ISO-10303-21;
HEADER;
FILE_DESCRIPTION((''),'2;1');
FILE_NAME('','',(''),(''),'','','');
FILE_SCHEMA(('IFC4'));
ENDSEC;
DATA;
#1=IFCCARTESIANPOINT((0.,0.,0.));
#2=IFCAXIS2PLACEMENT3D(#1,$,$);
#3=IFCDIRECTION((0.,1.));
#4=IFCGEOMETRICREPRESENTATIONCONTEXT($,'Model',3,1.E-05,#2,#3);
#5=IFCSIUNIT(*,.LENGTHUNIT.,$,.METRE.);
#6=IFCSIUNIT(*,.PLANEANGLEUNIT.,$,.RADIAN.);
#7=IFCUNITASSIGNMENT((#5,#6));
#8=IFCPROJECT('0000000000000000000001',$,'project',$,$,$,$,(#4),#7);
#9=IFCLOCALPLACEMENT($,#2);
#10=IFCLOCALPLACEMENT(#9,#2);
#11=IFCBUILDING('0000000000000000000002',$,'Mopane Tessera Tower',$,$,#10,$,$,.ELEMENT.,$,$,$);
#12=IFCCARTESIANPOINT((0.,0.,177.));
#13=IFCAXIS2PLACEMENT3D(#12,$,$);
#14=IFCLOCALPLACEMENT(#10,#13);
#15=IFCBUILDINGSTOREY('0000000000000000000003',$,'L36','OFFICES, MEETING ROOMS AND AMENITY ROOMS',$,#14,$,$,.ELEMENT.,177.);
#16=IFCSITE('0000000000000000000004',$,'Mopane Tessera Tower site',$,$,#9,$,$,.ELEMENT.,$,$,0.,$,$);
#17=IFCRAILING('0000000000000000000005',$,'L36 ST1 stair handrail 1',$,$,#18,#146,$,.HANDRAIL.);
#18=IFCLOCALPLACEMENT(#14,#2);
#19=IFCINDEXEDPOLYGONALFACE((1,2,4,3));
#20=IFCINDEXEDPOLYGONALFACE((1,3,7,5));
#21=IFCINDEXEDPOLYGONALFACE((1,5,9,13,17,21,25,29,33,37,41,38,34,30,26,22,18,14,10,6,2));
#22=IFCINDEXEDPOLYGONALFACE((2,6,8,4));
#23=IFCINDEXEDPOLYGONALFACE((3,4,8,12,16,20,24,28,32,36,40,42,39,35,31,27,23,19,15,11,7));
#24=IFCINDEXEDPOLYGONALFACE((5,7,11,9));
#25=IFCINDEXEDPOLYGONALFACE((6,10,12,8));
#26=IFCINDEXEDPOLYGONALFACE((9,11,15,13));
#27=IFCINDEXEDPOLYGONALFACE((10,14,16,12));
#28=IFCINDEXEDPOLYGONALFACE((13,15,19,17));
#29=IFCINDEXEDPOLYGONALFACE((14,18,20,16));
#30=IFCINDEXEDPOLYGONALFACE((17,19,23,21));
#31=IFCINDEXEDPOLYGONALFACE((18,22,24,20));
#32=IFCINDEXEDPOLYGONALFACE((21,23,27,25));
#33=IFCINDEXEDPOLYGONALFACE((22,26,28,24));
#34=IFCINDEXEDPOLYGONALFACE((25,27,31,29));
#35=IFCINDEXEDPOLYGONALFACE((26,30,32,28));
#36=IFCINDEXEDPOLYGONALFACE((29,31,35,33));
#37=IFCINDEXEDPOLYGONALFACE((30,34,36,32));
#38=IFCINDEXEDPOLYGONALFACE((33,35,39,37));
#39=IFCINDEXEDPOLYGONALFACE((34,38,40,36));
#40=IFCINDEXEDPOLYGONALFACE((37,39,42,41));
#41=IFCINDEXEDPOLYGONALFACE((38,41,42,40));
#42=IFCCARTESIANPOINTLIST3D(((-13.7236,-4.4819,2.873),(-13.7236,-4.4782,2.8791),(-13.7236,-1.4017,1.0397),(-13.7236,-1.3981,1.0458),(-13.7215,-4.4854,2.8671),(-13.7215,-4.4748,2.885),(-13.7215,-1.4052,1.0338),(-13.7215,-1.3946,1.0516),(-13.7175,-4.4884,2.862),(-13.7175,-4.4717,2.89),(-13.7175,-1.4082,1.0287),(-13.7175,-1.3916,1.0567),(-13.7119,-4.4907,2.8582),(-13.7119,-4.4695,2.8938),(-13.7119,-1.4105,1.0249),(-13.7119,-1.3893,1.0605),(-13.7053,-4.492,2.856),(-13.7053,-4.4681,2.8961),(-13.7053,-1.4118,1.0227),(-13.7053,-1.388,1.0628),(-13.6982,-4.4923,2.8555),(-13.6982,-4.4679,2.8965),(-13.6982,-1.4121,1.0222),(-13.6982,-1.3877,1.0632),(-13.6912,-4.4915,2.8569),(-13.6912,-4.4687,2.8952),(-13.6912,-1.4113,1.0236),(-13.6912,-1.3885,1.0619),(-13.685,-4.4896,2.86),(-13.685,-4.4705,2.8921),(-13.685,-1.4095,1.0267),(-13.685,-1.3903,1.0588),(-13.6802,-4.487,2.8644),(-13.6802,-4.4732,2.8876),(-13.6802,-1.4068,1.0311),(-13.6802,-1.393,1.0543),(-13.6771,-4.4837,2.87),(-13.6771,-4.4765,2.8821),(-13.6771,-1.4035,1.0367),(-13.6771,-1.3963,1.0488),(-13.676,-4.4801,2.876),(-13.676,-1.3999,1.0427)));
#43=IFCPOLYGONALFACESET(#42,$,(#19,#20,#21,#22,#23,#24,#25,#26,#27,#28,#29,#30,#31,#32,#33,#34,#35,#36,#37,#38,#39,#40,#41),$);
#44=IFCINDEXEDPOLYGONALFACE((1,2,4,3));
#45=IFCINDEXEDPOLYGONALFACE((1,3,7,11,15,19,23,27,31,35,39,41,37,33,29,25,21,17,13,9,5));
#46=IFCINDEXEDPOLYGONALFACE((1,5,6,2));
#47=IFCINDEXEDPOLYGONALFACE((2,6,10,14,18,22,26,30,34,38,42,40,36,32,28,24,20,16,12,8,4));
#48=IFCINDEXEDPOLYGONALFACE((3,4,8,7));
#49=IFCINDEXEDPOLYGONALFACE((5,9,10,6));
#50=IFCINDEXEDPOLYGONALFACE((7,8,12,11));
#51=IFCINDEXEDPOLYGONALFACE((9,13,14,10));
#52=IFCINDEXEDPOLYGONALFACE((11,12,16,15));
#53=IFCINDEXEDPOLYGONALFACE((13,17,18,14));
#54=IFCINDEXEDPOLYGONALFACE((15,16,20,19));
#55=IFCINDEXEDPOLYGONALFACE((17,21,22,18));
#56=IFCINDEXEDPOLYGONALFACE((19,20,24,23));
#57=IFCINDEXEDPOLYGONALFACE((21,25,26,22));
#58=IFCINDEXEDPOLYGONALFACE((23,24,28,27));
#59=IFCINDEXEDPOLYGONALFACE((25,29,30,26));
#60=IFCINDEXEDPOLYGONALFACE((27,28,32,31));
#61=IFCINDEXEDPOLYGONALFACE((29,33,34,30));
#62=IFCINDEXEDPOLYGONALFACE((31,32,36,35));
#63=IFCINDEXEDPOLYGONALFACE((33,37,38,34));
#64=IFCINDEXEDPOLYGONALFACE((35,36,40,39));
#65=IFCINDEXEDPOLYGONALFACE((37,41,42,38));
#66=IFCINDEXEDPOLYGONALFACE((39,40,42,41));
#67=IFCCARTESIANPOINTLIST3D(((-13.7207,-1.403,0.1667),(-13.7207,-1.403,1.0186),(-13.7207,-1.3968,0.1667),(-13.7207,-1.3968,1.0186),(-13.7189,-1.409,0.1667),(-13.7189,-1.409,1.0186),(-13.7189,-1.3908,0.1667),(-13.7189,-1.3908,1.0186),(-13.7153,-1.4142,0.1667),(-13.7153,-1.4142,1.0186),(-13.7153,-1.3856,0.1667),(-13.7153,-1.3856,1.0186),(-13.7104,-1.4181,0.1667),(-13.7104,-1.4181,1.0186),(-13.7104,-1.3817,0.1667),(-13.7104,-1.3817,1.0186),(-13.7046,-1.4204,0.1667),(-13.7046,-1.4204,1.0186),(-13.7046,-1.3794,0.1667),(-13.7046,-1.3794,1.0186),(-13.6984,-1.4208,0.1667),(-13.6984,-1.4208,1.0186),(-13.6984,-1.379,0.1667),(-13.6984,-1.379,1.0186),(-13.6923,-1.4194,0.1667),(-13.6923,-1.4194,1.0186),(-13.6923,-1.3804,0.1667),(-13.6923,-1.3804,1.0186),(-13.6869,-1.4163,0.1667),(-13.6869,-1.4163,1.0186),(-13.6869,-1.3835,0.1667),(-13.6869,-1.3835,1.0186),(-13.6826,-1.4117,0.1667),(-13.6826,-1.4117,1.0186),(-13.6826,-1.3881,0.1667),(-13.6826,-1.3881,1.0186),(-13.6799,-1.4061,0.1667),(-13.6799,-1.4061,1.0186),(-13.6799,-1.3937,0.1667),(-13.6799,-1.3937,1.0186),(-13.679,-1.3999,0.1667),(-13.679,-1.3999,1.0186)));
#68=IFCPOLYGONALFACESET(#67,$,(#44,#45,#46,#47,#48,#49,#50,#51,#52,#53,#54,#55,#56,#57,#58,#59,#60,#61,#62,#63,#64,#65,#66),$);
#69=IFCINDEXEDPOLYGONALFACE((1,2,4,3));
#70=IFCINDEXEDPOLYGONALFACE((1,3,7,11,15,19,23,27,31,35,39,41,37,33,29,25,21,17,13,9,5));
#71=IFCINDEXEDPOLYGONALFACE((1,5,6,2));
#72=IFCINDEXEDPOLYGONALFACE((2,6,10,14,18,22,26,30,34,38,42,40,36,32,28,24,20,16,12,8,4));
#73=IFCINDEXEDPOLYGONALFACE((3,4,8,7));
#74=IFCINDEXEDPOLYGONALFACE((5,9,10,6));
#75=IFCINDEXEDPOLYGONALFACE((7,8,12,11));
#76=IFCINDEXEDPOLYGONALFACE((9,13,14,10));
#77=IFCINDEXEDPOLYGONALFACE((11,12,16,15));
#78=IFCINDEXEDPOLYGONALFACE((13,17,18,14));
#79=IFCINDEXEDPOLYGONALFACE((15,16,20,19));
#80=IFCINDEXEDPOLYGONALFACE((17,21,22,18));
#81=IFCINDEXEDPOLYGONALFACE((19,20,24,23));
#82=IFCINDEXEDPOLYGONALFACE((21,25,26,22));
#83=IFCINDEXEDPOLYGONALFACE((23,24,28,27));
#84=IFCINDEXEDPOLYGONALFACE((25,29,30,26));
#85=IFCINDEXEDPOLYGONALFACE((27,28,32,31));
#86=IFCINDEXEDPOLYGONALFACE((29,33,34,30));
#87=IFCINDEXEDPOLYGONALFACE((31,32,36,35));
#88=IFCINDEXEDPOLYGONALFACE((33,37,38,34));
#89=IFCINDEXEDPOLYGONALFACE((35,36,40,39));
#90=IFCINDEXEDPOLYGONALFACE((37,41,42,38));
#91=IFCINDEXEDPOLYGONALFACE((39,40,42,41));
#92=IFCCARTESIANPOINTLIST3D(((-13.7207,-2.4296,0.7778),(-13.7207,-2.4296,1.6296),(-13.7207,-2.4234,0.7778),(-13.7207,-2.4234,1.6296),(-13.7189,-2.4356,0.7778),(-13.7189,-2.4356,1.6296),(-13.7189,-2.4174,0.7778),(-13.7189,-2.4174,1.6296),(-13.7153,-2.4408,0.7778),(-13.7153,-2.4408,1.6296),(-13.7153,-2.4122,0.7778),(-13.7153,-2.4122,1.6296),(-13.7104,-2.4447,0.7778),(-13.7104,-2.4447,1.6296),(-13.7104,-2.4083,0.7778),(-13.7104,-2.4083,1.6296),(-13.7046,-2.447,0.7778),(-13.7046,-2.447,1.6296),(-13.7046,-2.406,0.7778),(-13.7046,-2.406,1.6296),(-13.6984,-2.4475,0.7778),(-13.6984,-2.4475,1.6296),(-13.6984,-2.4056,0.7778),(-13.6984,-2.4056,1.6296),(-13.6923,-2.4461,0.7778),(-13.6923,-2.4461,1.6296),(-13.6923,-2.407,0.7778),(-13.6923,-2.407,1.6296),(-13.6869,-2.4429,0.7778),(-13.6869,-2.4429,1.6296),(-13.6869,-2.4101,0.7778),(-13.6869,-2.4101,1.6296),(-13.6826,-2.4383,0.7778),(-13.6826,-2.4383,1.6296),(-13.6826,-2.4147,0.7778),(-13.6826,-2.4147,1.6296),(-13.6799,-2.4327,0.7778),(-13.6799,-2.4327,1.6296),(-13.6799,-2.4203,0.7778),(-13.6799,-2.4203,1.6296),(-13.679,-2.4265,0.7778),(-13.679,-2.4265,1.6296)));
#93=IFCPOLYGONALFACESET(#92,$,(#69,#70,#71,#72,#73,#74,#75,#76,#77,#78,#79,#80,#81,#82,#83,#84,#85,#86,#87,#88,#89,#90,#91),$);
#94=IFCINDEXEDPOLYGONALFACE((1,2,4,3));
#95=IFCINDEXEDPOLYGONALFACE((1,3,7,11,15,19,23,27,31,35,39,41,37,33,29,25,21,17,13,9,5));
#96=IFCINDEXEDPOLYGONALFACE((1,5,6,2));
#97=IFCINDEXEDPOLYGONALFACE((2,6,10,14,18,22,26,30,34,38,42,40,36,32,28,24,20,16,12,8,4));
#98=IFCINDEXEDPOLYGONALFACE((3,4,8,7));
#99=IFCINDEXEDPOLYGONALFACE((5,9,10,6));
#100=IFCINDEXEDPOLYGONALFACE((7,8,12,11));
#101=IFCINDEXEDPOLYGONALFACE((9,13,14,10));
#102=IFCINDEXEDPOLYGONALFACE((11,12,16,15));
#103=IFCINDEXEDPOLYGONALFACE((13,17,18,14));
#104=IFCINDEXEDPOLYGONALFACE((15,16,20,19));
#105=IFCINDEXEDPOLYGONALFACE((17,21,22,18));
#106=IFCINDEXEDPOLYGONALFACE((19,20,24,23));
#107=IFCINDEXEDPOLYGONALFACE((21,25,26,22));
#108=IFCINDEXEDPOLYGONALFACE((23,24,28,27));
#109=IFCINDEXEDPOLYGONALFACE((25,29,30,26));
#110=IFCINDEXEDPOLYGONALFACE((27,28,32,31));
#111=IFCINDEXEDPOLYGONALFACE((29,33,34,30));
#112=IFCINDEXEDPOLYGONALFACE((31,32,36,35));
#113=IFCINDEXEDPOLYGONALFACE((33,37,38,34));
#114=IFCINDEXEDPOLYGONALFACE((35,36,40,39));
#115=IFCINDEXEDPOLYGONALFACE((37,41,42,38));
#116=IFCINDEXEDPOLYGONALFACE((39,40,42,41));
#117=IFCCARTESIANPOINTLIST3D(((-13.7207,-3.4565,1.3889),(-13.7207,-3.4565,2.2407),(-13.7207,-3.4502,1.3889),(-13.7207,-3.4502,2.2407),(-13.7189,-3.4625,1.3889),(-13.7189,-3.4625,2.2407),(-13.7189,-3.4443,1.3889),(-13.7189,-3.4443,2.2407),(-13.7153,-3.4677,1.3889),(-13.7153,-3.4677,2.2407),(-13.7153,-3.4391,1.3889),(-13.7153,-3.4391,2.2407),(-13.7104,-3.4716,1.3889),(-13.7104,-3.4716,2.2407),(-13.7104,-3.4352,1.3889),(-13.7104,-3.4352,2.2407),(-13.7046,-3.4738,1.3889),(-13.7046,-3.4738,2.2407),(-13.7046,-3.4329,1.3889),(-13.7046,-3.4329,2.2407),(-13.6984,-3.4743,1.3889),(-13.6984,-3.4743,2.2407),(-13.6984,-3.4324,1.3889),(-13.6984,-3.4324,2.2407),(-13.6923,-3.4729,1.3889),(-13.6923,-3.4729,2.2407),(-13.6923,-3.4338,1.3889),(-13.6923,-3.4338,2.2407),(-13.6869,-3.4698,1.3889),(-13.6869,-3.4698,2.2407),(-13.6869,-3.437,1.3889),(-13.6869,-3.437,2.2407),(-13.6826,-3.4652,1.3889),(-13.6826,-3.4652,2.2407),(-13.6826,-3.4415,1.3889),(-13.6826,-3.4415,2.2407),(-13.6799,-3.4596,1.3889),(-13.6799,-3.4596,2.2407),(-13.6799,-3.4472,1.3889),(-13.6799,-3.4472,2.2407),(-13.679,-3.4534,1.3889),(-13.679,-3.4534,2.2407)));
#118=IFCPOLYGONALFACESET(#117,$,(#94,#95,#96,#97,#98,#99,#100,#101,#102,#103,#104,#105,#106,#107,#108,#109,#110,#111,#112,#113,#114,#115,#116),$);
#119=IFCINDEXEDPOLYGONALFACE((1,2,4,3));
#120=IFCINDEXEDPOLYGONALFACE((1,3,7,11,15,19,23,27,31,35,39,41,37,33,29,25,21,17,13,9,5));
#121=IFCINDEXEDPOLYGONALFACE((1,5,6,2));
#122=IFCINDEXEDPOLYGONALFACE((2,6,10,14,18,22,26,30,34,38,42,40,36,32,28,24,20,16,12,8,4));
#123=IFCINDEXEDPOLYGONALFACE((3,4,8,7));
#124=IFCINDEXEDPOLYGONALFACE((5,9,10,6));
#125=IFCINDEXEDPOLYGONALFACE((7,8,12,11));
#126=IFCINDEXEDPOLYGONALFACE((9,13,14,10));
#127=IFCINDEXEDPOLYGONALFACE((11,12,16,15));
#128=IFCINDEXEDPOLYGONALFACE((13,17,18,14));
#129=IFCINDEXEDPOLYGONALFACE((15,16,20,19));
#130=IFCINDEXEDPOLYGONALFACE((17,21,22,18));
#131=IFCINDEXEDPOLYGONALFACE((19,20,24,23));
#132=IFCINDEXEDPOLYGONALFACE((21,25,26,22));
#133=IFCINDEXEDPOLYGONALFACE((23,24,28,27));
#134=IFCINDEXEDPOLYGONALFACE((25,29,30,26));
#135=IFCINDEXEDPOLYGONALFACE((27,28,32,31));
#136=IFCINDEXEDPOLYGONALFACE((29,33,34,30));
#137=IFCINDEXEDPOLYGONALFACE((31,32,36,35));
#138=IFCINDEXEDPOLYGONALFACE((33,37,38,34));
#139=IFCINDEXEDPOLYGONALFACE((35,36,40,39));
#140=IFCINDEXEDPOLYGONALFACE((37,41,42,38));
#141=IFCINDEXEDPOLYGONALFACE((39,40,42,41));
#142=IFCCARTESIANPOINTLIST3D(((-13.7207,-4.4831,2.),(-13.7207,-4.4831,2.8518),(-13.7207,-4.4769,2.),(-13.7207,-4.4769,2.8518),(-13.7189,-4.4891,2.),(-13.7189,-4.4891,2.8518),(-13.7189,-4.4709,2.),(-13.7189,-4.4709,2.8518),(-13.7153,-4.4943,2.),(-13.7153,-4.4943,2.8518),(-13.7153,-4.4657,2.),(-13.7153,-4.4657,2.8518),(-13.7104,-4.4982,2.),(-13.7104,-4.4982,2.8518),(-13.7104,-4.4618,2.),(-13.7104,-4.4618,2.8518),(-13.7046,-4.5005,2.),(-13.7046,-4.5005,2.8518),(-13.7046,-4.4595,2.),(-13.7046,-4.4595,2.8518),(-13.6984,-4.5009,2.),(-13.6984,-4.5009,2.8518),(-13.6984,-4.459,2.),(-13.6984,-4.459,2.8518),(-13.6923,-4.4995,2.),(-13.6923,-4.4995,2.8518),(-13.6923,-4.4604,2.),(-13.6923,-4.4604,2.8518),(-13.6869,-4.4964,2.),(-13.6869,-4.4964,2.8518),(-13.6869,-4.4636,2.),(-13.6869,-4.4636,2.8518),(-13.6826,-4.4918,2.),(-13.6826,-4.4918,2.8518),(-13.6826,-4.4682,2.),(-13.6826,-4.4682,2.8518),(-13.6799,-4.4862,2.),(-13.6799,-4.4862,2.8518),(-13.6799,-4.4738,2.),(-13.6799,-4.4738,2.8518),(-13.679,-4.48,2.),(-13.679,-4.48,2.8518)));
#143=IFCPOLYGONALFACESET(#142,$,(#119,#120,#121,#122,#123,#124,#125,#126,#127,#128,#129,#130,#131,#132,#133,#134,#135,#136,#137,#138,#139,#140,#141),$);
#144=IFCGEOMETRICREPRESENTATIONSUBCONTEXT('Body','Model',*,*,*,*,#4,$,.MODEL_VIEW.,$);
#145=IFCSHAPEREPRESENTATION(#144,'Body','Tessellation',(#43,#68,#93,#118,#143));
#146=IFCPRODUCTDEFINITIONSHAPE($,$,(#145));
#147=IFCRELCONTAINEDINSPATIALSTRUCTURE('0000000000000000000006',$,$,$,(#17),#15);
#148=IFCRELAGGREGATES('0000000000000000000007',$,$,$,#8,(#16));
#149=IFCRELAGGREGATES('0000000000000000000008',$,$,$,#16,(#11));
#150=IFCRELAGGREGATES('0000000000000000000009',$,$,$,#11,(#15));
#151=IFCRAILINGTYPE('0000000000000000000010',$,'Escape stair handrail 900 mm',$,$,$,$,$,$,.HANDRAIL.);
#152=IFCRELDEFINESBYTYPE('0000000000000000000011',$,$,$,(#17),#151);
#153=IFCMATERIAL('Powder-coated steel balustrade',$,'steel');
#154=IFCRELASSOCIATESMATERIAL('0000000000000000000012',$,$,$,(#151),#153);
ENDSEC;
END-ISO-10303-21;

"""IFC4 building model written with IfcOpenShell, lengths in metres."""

from ifc_helpers import new_model, si_unit, direction, frame, origin, origin_2d, place, context, subcontext, project, spatial, circle, extrude, material, type_object, element, save


model = new_model("IFC4")

# Units and contexts
model_context = context("Model", 3, precision=1e-05, world=origin(), true_north=direction((0.0, 1.0)))
body_context = subcontext(model_context, "Body", "Model", "MODEL_VIEW")
ifc_project = project(units=[si_unit("LENGTHUNIT", "METRE"), si_unit("PLANEANGLEUNIT", "RADIAN")], contexts=[model_context])

# Site, building, storey
site_placement = place(None, origin())
site = spatial("IfcSite", under=ifc_project, at=site_placement, Name="Mopane Tessera Tower site", CompositionType="ELEMENT", RefElevation=0.0)
building_placement = place(site_placement, origin())
building = spatial("IfcBuilding", under=site, at=building_placement, Name="Mopane Tessera Tower", CompositionType="ELEMENT")
storey_placement = place(building_placement, frame((0.0, 0.0, 177.0)))
storey = spatial("IfcBuildingStorey", under=building, at=storey_placement, Name="L36", Description="OFFICES, MEETING ROOMS AND AMENITY ROOMS", CompositionType="ELEMENT", Elevation=177.0)

# Railing
ifc_material_1 = material(Name="Powder-coated steel balustrade", Category="steel")
railing_type_1 = type_object("IfcRailingType", Name="Escape stair handrail 900 mm", PredefinedType="HANDRAIL", material=ifc_material_1)
railing_1_placement = place(storey_placement, frame((-13.7, -1.3999, 0.1667)))
element("IfcRailing", 1, at=railing_1_placement, inside=storey, type_object=railing_type_1, Name="L36 ST1 stair handrail 1", PredefinedType="HANDRAIL", context=body_context, shape_type="SweptSolid", body=[
    extrude(circle(Radius=0.0239, at=origin_2d()), frame((0.0, 0.0, 0.876), z_axis=(0.0, -0.859309, 0.511458), x_axis=(1.0, 0.0, 0.0)), (0.0, 0.0, 1.0), 3.5845),
    extrude(circle(Radius=0.021, at=origin_2d()), origin(), (0.0, 0.0, 1.0), 0.8518),
    extrude(circle(Radius=0.021, at=origin_2d()), frame((0.0, -1.0266, 0.6111)), (0.0, 0.0, 1.0), 0.8518),
    extrude(circle(Radius=0.021, at=origin_2d()), frame((0.0, -2.0535, 1.2222)), (0.0, 0.0, 1.0), 0.8518),
    extrude(circle(Radius=0.021, at=origin_2d()), frame((0.0, -3.0801, 1.8333)), (0.0, 0.0, 1.0), 0.8518),
])

save(model, "model.ifc")
